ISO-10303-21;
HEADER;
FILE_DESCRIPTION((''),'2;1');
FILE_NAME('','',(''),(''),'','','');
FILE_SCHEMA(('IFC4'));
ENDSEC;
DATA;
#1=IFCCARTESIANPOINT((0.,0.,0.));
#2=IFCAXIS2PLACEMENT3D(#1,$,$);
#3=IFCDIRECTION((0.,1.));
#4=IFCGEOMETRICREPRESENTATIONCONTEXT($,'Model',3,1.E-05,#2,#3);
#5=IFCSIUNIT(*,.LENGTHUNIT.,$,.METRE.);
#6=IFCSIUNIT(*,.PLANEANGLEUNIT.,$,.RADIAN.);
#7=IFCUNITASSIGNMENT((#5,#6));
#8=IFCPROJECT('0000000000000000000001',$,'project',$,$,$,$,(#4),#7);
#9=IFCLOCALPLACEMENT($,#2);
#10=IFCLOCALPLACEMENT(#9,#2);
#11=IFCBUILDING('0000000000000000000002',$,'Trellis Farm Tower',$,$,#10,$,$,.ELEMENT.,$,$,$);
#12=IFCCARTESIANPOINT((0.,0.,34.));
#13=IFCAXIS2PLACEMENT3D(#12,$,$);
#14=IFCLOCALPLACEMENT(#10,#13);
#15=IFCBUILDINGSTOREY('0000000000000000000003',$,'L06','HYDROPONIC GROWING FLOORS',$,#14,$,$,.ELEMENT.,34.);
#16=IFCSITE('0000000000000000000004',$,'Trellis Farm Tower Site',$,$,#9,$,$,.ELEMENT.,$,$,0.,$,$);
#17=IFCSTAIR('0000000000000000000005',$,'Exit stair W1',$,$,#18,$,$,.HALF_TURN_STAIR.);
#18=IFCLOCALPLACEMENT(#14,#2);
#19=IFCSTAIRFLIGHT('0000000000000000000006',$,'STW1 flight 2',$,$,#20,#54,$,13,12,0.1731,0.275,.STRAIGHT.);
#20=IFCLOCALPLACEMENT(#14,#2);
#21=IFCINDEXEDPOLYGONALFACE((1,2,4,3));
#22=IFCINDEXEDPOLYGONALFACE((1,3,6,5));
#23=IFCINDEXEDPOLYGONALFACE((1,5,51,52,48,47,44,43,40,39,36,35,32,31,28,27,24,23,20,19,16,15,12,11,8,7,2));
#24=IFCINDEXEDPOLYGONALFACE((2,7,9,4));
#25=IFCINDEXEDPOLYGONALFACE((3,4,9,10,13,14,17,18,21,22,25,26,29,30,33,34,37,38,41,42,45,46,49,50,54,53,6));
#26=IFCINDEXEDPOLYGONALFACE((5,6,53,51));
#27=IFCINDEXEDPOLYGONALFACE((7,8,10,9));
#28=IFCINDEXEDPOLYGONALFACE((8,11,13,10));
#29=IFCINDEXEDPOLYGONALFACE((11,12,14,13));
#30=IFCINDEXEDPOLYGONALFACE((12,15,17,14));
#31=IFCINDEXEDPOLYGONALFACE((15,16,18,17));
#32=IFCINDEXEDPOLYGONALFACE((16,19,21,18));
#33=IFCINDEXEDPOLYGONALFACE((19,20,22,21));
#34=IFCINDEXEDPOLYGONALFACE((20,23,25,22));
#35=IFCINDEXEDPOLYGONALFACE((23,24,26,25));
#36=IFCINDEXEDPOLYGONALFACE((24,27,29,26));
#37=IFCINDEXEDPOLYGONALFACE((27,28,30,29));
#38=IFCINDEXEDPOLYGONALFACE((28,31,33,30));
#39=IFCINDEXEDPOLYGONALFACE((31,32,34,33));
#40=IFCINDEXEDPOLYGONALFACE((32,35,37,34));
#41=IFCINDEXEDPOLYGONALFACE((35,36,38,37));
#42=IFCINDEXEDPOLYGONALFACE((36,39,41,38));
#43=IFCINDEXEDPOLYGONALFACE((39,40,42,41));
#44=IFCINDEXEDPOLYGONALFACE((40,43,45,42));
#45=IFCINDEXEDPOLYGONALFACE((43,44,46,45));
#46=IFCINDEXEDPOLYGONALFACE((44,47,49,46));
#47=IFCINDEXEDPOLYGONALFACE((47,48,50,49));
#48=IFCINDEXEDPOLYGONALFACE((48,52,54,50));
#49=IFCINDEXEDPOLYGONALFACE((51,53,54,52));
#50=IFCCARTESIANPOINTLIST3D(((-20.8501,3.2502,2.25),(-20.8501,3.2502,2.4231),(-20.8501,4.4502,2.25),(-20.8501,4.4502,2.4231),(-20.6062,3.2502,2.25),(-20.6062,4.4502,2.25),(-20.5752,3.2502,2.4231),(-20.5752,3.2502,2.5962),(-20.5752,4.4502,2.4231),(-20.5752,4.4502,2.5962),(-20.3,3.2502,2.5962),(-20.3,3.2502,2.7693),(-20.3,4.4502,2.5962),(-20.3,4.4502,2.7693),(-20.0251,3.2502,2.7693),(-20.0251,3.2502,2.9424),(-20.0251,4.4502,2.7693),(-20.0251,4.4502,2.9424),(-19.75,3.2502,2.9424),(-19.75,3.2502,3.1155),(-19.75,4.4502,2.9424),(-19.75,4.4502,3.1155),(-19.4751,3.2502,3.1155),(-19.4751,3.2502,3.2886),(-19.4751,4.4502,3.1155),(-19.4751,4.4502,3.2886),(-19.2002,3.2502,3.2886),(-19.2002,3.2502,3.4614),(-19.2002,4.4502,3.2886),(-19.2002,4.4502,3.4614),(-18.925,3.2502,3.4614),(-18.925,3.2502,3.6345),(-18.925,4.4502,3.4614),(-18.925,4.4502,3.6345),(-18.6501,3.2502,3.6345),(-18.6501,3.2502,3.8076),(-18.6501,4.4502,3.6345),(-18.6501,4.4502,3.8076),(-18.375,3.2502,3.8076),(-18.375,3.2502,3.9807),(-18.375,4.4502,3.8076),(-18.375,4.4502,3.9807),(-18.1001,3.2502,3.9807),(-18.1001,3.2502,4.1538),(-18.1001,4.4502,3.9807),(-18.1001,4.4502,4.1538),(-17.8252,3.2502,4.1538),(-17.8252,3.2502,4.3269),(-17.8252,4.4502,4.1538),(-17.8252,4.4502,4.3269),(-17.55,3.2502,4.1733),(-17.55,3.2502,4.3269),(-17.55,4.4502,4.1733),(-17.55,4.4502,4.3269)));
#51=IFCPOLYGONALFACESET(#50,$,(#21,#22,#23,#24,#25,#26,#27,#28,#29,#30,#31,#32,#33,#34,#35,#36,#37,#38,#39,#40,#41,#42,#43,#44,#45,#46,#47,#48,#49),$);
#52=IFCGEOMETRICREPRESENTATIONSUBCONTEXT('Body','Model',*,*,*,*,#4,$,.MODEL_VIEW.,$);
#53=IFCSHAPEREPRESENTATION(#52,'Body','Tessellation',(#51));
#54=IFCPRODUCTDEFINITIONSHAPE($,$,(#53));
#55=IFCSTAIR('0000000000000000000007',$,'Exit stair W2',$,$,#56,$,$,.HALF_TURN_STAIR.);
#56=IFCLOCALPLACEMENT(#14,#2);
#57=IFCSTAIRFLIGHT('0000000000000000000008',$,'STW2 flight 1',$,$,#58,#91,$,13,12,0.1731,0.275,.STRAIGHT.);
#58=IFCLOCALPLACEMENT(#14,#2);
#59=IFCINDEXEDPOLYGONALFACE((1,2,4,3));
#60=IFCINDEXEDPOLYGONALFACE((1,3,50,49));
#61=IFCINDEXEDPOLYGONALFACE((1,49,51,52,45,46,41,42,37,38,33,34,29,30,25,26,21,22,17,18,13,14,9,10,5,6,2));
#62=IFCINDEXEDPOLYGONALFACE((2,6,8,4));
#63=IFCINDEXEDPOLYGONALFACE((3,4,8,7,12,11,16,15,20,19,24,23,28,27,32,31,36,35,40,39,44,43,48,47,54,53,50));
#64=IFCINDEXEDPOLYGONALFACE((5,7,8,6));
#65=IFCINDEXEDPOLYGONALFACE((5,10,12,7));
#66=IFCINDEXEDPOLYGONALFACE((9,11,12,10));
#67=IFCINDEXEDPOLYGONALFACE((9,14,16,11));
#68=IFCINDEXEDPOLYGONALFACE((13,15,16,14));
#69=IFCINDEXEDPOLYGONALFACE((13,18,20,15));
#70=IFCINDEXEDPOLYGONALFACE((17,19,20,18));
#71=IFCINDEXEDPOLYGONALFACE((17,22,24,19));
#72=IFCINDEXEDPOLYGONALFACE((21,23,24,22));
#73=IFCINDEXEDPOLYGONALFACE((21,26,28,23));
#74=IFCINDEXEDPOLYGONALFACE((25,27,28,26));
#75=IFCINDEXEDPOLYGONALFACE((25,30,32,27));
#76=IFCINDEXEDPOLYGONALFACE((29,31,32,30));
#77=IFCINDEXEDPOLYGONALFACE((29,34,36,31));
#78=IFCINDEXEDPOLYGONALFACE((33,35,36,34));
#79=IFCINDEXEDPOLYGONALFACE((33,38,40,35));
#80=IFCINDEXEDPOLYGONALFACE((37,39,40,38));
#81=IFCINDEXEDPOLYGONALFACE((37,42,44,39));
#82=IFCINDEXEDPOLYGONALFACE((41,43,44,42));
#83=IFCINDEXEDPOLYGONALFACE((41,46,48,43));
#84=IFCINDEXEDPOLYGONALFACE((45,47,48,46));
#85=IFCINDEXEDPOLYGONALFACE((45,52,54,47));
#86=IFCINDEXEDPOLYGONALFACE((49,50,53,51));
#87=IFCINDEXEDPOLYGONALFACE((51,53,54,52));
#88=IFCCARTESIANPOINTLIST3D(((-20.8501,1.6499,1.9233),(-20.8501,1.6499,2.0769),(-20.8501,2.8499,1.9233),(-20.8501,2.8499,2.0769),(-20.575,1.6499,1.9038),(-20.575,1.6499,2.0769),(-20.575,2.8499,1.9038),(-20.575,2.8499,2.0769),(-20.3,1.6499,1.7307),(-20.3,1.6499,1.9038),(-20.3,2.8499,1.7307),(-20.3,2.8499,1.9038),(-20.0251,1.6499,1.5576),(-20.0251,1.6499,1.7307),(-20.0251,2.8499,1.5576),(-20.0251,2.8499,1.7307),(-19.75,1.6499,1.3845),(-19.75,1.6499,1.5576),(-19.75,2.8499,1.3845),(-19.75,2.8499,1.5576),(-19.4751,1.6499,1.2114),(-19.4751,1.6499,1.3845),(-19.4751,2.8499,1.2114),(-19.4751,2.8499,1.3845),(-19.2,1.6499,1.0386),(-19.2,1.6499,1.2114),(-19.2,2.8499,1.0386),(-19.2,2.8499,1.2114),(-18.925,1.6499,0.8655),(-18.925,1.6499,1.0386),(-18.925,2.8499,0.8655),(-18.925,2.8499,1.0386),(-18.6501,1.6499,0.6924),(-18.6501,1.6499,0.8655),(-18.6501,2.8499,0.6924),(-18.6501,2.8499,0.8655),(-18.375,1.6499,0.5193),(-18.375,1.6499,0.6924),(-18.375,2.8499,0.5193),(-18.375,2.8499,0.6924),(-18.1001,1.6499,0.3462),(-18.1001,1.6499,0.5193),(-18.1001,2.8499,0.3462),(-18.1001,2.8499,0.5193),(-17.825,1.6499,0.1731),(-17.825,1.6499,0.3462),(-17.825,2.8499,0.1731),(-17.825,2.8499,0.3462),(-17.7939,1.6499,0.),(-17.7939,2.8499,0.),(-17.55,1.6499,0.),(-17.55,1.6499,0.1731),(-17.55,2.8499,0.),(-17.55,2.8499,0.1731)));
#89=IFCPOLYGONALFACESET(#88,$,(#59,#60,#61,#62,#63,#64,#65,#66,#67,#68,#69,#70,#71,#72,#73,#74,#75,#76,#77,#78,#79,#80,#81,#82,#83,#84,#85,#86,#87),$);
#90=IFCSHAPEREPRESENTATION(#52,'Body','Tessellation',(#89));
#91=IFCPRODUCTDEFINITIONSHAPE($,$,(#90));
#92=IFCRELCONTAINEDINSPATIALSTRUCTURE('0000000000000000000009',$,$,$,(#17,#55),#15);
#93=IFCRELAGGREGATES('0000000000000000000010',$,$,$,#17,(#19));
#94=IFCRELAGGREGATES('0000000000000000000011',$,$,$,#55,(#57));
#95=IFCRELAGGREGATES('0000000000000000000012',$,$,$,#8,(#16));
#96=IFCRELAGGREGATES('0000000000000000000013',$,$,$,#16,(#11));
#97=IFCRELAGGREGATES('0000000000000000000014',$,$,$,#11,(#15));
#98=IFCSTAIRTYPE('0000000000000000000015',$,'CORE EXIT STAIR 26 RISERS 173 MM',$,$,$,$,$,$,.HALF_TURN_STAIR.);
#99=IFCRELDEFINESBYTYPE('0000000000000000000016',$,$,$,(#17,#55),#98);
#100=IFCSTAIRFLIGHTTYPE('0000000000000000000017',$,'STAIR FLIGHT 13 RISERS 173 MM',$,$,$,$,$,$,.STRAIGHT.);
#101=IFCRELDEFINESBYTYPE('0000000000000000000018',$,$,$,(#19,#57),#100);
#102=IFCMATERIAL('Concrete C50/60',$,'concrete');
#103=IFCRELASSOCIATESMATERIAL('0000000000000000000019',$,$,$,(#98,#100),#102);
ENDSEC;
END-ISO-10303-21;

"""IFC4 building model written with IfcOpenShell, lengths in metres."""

from ifc_helpers import new_model, si_unit, direction, frame, origin, place, context, subcontext, project, spatial, polyline, outline, extrude, source, transform, mapped, material, type_object, element, aggregate, save


model = new_model("IFC4")

# Units and contexts
model_context = context("Model", 3, precision=1e-05, world=origin(), true_north=direction((0.0, 1.0)))
body_context = subcontext(model_context, "Body", "Model", "MODEL_VIEW")
ifc_project = project(units=[si_unit("LENGTHUNIT", "METRE"), si_unit("PLANEANGLEUNIT", "RADIAN")], contexts=[model_context])

# Site, building, storey
site_placement = place(None, origin())
site = spatial("IfcSite", under=ifc_project, at=site_placement, Name="Trellis Farm Tower Site", CompositionType="ELEMENT", RefElevation=0.0)
building_placement = place(site_placement, origin())
building = spatial("IfcBuilding", under=site, at=building_placement, Name="Trellis Farm Tower", CompositionType="ELEMENT")
storey_placement = place(building_placement, frame((0.0, 0.0, 34.0)))
storey = spatial("IfcBuildingStorey", under=building, at=storey_placement, Name="L06", Description="HYDROPONIC GROWING FLOORS", CompositionType="ELEMENT", Elevation=34.0)

# Stair, stair flight
ifc_material_1 = material(Name="Concrete C50/60", Category="concrete")
stair_type = type_object("IfcStairType", Name="CORE EXIT STAIR 26 RISERS 173 MM", PredefinedType="HALF_TURN_STAIR", material=ifc_material_1)
placement = place(storey_placement, origin())
stair_1 = element("IfcStair", 1, at=placement, inside=storey, type_object=stair_type, Name="Exit stair W1", PredefinedType="HALF_TURN_STAIR")
stair_flight_type = type_object("IfcStairFlightType", Name="STAIR FLIGHT 13 RISERS 173 MM", PredefinedType="STRAIGHT", material=ifc_material_1)
shared_shape_1 = source(origin(), body_context, "Body", "SweptSolid", [
    extrude(outline(polyline([(0.0, 0.0), (0.0, 0.1731), (0.2749, 0.1731), (0.2749, 0.3462), (0.55, 0.3462), (0.55, 0.5193), (0.825, 0.5193), (0.825, 0.6924), (1.1001, 0.6924), (1.1001, 0.8655), (1.375, 0.8655), (1.375, 1.0386), (1.6499, 1.0386), (1.6499, 1.2114), (1.925, 1.2114), (1.925, 1.3845), (2.2, 1.3845), (2.2, 1.5576), (2.4751, 1.5576), (2.4751, 1.7307), (2.75, 1.7307), (2.75, 1.9038), (3.0249, 1.9038), (3.0249, 2.0769), (3.3, 2.0769), (3.3, 2.25), (3.3, 1.9233), (0.2439, 0.0), (0.0, 0.0)])), frame((0.0, 0.6001, 0.0), z_axis=(0.0, -1.0, 0.0), x_axis=(1.0, 0.0, 0.0)), (0.0, 0.0, 1.0), 1.2),
])
stair_flight_1_placement = place(storey_placement, frame((-20.8501, 3.8501, 2.25), z_axis=(0.0, 0.0, 1.0), x_axis=(1.0, 0.0, 0.0)))
stair_flight_1 = element("IfcStairFlight", 2, at=stair_flight_1_placement, type_object=stair_flight_type, Name="STW1 flight 2", NumberOfRisers=13, NumberOfTreads=12, PredefinedType="STRAIGHT", RiserHeight=0.1731, TreadLength=0.275, context=body_context, shape_type="MappedRepresentation", body=[
    mapped(shared_shape_1, transform((0.0, 0.0, 0.0))),
])
aggregate(stair_1, [stair_flight_1])

# Stair, stair flight
stair_2 = element("IfcStair", 3, at=placement, inside=storey, type_object=stair_type, Name="Exit stair W2", PredefinedType="HALF_TURN_STAIR")
stair_flight_2_placement = place(storey_placement, frame((-17.55, 2.25, 0.0), z_axis=(0.0, 0.0, 1.0), x_axis=(-1.0, 0.0, 0.0)))
stair_flight_2 = element("IfcStairFlight", 4, at=stair_flight_2_placement, type_object=stair_flight_type, Name="STW2 flight 1", NumberOfRisers=13, NumberOfTreads=12, PredefinedType="STRAIGHT", RiserHeight=0.1731, TreadLength=0.275, context=body_context, shape_type="MappedRepresentation", body=[
    mapped(shared_shape_1, transform((0.0, 0.0, 0.0))),
])
aggregate(stair_2, [stair_flight_2])

save(model, "model.ifc")
